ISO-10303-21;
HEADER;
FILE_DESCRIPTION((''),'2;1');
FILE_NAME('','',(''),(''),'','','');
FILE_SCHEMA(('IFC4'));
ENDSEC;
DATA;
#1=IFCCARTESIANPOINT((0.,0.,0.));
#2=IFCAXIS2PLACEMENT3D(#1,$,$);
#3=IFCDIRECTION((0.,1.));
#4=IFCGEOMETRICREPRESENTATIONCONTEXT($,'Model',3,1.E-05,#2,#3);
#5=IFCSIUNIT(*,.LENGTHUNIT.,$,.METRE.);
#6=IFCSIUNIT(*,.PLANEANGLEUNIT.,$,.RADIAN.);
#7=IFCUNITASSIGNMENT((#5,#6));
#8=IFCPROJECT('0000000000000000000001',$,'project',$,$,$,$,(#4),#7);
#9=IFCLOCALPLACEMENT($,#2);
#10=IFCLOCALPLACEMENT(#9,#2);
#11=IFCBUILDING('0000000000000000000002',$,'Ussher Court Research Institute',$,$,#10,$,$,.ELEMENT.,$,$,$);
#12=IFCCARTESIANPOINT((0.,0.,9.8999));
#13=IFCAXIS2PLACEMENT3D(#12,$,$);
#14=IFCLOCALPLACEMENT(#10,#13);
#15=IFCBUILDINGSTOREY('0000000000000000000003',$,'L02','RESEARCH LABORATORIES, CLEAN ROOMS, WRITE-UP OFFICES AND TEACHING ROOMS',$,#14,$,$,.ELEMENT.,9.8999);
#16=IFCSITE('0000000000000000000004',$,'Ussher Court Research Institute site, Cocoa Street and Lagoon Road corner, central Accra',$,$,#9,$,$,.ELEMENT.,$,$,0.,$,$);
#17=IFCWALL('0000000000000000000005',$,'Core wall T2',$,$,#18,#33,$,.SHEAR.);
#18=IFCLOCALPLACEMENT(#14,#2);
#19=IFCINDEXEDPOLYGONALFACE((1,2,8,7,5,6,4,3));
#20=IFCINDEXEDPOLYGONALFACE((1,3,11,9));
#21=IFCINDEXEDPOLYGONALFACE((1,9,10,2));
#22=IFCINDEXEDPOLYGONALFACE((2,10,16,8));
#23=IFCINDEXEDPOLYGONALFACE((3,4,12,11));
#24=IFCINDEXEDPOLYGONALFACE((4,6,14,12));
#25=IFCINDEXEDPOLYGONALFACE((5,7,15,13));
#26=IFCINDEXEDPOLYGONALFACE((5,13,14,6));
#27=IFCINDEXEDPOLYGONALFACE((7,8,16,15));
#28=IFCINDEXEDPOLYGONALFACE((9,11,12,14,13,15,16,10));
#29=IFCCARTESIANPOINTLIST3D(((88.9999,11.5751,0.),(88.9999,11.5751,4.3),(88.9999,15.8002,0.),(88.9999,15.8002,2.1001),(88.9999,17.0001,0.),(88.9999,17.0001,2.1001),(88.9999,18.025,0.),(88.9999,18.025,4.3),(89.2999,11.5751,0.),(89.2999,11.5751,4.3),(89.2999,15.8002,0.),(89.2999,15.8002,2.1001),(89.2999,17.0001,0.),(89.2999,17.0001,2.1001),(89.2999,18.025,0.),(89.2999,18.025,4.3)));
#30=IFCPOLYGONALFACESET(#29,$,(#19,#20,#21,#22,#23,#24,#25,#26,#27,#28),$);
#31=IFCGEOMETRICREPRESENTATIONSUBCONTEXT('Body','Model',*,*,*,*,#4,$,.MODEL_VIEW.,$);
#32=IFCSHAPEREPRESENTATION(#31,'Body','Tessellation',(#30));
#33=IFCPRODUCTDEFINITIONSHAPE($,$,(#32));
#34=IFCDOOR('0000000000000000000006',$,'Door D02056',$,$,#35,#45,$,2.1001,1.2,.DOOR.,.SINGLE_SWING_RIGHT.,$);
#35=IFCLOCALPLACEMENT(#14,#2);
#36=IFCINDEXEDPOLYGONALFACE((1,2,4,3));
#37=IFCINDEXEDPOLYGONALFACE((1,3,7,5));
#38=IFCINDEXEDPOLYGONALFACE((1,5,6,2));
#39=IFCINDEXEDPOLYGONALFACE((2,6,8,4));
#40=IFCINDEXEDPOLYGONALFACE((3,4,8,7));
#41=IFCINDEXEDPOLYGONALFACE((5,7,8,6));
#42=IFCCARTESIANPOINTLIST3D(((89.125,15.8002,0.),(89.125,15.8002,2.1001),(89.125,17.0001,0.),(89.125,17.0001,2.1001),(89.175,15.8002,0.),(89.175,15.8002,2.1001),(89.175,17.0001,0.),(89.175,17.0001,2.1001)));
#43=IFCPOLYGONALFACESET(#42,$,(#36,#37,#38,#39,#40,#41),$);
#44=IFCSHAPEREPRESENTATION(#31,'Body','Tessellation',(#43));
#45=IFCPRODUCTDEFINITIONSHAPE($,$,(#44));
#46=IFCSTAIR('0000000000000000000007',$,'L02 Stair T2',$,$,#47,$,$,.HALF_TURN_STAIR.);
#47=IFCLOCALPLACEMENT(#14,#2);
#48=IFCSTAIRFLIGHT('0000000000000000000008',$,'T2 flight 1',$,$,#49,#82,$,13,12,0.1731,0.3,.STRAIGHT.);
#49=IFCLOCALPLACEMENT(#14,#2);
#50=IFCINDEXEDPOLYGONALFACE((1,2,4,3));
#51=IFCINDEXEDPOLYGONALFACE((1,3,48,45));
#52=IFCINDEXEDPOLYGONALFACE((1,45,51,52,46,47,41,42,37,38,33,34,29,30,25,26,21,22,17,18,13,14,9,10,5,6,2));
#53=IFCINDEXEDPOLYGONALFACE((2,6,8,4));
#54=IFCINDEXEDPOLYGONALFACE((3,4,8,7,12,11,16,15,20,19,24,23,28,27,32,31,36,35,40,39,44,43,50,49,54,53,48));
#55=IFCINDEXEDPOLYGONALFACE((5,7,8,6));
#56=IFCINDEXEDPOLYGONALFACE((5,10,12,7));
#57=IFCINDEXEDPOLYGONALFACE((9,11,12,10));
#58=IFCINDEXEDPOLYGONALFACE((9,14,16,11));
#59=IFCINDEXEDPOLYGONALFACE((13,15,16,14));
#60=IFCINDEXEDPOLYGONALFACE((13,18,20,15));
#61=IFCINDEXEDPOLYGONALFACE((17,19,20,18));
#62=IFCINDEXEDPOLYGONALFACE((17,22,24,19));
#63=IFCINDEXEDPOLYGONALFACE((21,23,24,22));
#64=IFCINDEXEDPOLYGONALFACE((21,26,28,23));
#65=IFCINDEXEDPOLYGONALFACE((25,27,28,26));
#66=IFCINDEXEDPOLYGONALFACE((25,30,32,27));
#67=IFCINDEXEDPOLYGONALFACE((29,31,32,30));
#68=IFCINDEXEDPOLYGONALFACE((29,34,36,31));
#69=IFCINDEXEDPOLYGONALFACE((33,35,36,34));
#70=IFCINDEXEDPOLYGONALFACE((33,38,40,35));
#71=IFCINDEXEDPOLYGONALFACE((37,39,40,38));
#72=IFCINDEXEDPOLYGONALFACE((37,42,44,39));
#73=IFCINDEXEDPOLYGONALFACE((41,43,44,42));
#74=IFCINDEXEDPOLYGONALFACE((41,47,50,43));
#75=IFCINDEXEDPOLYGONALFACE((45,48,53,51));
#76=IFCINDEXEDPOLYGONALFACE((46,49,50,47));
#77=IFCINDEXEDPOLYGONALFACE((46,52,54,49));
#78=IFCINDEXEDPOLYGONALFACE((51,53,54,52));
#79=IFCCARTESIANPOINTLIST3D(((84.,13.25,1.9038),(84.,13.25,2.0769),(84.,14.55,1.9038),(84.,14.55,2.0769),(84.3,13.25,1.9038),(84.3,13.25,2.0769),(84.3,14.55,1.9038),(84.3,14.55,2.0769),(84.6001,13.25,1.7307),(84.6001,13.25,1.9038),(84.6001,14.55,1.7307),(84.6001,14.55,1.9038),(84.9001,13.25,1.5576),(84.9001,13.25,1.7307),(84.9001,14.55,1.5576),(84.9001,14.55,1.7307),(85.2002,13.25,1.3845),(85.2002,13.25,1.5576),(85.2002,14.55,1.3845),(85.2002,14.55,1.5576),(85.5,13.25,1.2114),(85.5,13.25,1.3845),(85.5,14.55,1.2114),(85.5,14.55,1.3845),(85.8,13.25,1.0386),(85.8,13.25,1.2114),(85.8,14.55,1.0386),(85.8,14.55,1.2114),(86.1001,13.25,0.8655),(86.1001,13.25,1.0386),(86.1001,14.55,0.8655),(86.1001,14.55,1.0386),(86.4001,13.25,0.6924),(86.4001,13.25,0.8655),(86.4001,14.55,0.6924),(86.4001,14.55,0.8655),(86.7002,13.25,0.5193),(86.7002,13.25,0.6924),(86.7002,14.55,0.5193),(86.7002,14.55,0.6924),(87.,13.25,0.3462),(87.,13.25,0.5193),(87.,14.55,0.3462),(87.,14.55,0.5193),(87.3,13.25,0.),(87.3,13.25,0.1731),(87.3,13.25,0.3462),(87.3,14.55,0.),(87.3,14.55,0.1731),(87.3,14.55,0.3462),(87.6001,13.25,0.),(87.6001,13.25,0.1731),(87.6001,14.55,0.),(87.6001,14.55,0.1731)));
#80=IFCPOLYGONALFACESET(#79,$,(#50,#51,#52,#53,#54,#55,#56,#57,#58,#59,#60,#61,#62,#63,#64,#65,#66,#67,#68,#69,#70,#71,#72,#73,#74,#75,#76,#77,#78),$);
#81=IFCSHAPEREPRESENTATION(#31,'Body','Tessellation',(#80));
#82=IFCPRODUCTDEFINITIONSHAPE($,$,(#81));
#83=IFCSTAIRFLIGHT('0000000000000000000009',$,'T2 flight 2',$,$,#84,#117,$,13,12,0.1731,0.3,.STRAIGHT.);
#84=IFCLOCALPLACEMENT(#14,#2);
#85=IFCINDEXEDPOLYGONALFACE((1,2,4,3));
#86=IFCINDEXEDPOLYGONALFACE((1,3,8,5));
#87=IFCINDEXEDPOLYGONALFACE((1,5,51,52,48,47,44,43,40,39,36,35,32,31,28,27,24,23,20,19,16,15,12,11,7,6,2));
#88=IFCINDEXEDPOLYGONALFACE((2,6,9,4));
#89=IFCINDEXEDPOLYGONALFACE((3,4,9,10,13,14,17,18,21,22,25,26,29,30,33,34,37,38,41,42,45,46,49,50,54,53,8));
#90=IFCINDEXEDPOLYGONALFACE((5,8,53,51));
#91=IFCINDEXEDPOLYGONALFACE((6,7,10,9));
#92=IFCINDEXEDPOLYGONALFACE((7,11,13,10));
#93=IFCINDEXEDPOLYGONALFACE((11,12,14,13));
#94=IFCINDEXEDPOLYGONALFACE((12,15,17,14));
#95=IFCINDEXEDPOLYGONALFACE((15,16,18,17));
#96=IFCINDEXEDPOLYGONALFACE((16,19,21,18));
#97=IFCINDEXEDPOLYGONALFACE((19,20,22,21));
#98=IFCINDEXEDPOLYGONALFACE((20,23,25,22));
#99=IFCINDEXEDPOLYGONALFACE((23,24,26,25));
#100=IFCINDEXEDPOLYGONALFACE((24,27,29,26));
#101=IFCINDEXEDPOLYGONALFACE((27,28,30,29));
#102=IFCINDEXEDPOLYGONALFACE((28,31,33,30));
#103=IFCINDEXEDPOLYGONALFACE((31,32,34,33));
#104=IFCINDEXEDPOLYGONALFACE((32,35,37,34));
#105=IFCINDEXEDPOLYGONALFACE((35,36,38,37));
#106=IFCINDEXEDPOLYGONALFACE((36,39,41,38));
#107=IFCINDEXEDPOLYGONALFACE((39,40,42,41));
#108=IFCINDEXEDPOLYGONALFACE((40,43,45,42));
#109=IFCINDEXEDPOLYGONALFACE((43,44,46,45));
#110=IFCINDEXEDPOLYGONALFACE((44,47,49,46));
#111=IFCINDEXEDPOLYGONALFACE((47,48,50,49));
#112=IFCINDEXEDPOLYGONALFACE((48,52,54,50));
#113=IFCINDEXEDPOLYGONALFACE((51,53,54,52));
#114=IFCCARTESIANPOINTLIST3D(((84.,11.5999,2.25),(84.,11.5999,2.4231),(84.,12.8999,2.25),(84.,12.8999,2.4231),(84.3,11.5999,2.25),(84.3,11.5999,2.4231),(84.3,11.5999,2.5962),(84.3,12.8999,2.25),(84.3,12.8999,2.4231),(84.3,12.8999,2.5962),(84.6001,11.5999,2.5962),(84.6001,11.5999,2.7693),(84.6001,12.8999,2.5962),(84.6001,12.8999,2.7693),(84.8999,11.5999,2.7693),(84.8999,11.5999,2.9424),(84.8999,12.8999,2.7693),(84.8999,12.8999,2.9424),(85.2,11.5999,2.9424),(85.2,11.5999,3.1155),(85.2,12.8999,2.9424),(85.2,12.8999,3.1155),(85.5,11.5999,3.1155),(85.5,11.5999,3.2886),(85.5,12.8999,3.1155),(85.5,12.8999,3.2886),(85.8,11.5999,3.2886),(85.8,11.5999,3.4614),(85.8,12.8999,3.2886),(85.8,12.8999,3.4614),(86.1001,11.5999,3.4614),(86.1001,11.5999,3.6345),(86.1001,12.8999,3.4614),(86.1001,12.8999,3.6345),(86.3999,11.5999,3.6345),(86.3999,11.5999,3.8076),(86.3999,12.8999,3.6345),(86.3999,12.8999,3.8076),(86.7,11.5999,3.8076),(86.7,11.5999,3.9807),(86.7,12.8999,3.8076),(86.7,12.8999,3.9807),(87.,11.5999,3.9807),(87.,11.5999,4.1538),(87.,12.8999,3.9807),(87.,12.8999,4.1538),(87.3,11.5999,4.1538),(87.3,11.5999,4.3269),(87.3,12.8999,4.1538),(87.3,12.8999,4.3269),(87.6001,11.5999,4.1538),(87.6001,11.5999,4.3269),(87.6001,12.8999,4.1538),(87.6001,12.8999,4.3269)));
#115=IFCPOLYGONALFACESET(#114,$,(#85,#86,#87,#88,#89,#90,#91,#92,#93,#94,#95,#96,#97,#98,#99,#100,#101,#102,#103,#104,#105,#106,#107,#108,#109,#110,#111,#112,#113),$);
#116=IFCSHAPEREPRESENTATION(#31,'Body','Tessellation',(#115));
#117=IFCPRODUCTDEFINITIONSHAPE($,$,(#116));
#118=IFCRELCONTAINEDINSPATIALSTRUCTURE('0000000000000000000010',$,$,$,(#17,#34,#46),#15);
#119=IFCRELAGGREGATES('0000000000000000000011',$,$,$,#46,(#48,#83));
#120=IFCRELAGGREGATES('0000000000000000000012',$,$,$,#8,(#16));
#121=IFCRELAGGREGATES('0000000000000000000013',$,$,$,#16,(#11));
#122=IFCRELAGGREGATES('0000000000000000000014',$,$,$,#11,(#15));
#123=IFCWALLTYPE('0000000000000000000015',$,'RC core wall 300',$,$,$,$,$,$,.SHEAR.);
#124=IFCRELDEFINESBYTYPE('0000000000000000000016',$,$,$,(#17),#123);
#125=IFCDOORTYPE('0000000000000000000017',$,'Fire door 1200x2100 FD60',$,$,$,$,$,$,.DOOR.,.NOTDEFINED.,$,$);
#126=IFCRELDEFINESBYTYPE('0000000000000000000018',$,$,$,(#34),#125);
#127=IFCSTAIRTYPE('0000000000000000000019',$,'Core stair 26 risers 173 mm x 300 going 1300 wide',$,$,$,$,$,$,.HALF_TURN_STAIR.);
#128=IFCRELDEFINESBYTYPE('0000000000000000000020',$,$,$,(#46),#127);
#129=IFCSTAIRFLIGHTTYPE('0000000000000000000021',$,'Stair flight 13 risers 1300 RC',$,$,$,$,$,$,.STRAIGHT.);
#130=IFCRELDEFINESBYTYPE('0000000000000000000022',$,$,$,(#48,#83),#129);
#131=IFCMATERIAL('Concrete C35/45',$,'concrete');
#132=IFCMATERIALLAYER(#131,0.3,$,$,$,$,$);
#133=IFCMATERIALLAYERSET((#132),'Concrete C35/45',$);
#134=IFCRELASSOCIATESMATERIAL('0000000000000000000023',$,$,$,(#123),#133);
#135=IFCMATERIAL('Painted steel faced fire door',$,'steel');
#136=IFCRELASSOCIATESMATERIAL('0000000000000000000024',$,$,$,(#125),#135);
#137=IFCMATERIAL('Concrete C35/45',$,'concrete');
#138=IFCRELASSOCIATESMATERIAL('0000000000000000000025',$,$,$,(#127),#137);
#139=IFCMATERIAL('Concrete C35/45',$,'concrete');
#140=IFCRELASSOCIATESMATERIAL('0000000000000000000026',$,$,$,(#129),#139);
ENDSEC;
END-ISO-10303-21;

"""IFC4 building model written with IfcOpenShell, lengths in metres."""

from ifc_helpers import new_model, si_unit, direction, frame, frame_2d, origin, place, context, subcontext, project, spatial, polyline, rectangle, outline, extrude, material, layer, layer_set, type_object, element, fill, aggregate, save


model = new_model("IFC4")

# Units and contexts
model_context = context("Model", 3, precision=1e-05, world=origin(), true_north=direction((0.0, 1.0)))
body_context = subcontext(model_context, "Body", "Model", "MODEL_VIEW")
ifc_project = project(units=[si_unit("LENGTHUNIT", "METRE"), si_unit("PLANEANGLEUNIT", "RADIAN")], contexts=[model_context])

# Site, building, storey
site_placement = place(None, origin())
site = spatial("IfcSite", under=ifc_project, at=site_placement, Name="Ussher Court Research Institute site, Cocoa Street and Lagoon Road corner, central Accra", CompositionType="ELEMENT", RefElevation=0.0)
building_placement = place(site_placement, origin())
building = spatial("IfcBuilding", under=site, at=building_placement, Name="Ussher Court Research Institute", CompositionType="ELEMENT")
storey_placement = place(building_placement, frame((0.0, 0.0, 9.8999)))
storey = spatial("IfcBuildingStorey", under=building, at=storey_placement, Name="L02", Description="RESEARCH LABORATORIES, CLEAN ROOMS, WRITE-UP OFFICES AND TEACHING ROOMS", CompositionType="ELEMENT", Elevation=9.8999)

# Wall, opening, door
ifc_material_1 = material(Name="Concrete C35/45", Category="concrete")
ifc_layer_1 = layer(ifc_material_1, 0.3)
ifc_layer_set_1 = layer_set([ifc_layer_1], Name="Concrete C35/45")
wall_type_1 = type_object("IfcWallType", Name="RC core wall 300", PredefinedType="SHEAR", material=ifc_layer_set_1)
wall_1_placement = place(storey_placement, frame((89.1499, 11.575, 0.0), z_axis=(0.0, 0.0, 1.0), x_axis=(0.0, 1.0, 0.0)))
wall_1 = element("IfcWall", 1, at=wall_1_placement, inside=storey, type_object=wall_type_1, Name="Core wall T2", PredefinedType="SHEAR", context=body_context, shape_type="SweptSolid", body=[
    extrude(rectangle(XDim=6.45, YDim=0.3, at=frame_2d((3.2251, 0.0))), origin(), (0.0, 0.0, 1.0), 4.3),
])
opening_1_placement = place(wall_1_placement, frame((4.2251, 0.0, 0.0)))
opening_1 = element("IfcOpeningElement", 2, at=opening_1_placement, cuts=wall_1, PredefinedType="OPENING", context=body_context, shape_type="SweptSolid", body=[
    extrude(rectangle(XDim=1.2, YDim=2.1001, at=frame_2d((0.6001, 1.05))), frame((0.0, 0.1602, 0.0), z_axis=(0.0, -1.0, 0.0), x_axis=(1.0, 0.0, 0.0)), (0.0, 0.0, 1.0), 0.3201),
])
ifc_material_2 = material(Name="Painted steel faced fire door", Category="steel")
door_type_1 = type_object("IfcDoorType", Name="Fire door 1200x2100 FD60", OperationType="NOTDEFINED", PredefinedType="DOOR", material=ifc_material_2)
door_1_placement = place(opening_1_placement, origin())
door_1 = element("IfcDoor", 3, at=door_1_placement, inside=storey, type_object=door_type_1, Name="Door D02056", OperationType="SINGLE_SWING_RIGHT", OverallHeight=2.1001, OverallWidth=1.2, PredefinedType="DOOR", context=body_context, shape_type="SweptSolid", body=[
    extrude(rectangle(XDim=1.2, YDim=2.1001, at=frame_2d((0.6001, 1.05))), frame((0.0, 0.0249, 0.0), z_axis=(0.0, -1.0, 0.0), x_axis=(1.0, 0.0, 0.0)), (0.0, 0.0, 1.0), 0.05),
])
fill(opening_1, door_1)

# Stair, stair flights
ifc_material_3 = material(Name="Concrete C35/45", Category="concrete")
stair_type = type_object("IfcStairType", Name="Core stair 26 risers 173 mm x 300 going 1300 wide", PredefinedType="HALF_TURN_STAIR", material=ifc_material_3)
stair_placement = place(storey_placement, origin())
stair = element("IfcStair", 4, at=stair_placement, inside=storey, type_object=stair_type, Name="L02 Stair T2", PredefinedType="HALF_TURN_STAIR")
ifc_material_4 = material(Name="Concrete C35/45", Category="concrete")
stair_flight_type = type_object("IfcStairFlightType", Name="Stair flight 13 risers 1300 RC", PredefinedType="STRAIGHT", material=ifc_material_4)
stair_flight_1_placement = place(storey_placement, frame((87.6001, 13.8999, 0.0), z_axis=(0.0, 0.0, 1.0), x_axis=(-1.0, 0.0, 0.0)))
stair_flight_1 = element("IfcStairFlight", 5, at=stair_flight_1_placement, type_object=stair_flight_type, Name="T2 flight 1", NumberOfRisers=13, NumberOfTreads=12, PredefinedType="STRAIGHT", RiserHeight=0.1731, TreadLength=0.3, context=body_context, shape_type="SweptSolid", body=[
    extrude(outline(polyline([(0.0, 0.0), (0.0, 0.1731), (0.3, 0.1731), (0.3, 0.3462), (0.6001, 0.3462), (0.6001, 0.5193), (0.8999, 0.5193), (0.8999, 0.6924), (1.2, 0.6924), (1.2, 0.8655), (1.5, 0.8655), (1.5, 1.0386), (1.8, 1.0386), (1.8, 1.2114), (2.1001, 1.2114), (2.1001, 1.3845), (2.3999, 1.3845), (2.3999, 1.5576), (2.7, 1.5576), (2.7, 1.7307), (3.0, 1.7307), (3.0, 1.9038), (3.3, 1.9038), (3.3, 2.0769), (3.6001, 2.0769), (3.6001, 2.25), (3.6001, 1.9038), (0.3, 0.0), (0.0, 0.0)])), frame((0.0, 0.6499, 0.0), z_axis=(0.0, -1.0, 0.0), x_axis=(1.0, 0.0, 0.0)), (0.0, 0.0, 1.0), 1.3),
])
stair_flight_2_placement = place(storey_placement, frame((84.0, 12.25, 2.25), z_axis=(0.0, 0.0, 1.0), x_axis=(1.0, 0.0, 0.0)))
stair_flight_2 = element("IfcStairFlight", 6, at=stair_flight_2_placement, type_object=stair_flight_type, Name="T2 flight 2", NumberOfRisers=13, NumberOfTreads=12, PredefinedType="STRAIGHT", RiserHeight=0.1731, TreadLength=0.3, context=body_context, shape_type="SweptSolid", body=[
    extrude(outline(polyline([(0.0, 0.0), (0.0, 0.1731), (0.3, 0.1731), (0.3, 0.3462), (0.6001, 0.3462), (0.6001, 0.5193), (0.8999, 0.5193), (0.8999, 0.6924), (1.2, 0.6924), (1.2, 0.8655), (1.5, 0.8655), (1.5, 1.0386), (1.8, 1.0386), (1.8, 1.2114), (2.1001, 1.2114), (2.1001, 1.3845), (2.3999, 1.3845), (2.3999, 1.5576), (2.7, 1.5576), (2.7, 1.7307), (3.0, 1.7307), (3.0, 1.9038), (3.3, 1.9038), (3.3, 2.0769), (3.6001, 2.0769), (3.6001, 2.25), (3.6001, 1.9038), (0.3, 0.0), (0.0, 0.0)])), frame((0.0, 0.6499, 0.0), z_axis=(0.0, -1.0, 0.0), x_axis=(1.0, 0.0, 0.0)), (0.0, 0.0, 1.0), 1.3),
])
aggregate(stair, [stair_flight_1, stair_flight_2])

save(model, "model.ifc")
